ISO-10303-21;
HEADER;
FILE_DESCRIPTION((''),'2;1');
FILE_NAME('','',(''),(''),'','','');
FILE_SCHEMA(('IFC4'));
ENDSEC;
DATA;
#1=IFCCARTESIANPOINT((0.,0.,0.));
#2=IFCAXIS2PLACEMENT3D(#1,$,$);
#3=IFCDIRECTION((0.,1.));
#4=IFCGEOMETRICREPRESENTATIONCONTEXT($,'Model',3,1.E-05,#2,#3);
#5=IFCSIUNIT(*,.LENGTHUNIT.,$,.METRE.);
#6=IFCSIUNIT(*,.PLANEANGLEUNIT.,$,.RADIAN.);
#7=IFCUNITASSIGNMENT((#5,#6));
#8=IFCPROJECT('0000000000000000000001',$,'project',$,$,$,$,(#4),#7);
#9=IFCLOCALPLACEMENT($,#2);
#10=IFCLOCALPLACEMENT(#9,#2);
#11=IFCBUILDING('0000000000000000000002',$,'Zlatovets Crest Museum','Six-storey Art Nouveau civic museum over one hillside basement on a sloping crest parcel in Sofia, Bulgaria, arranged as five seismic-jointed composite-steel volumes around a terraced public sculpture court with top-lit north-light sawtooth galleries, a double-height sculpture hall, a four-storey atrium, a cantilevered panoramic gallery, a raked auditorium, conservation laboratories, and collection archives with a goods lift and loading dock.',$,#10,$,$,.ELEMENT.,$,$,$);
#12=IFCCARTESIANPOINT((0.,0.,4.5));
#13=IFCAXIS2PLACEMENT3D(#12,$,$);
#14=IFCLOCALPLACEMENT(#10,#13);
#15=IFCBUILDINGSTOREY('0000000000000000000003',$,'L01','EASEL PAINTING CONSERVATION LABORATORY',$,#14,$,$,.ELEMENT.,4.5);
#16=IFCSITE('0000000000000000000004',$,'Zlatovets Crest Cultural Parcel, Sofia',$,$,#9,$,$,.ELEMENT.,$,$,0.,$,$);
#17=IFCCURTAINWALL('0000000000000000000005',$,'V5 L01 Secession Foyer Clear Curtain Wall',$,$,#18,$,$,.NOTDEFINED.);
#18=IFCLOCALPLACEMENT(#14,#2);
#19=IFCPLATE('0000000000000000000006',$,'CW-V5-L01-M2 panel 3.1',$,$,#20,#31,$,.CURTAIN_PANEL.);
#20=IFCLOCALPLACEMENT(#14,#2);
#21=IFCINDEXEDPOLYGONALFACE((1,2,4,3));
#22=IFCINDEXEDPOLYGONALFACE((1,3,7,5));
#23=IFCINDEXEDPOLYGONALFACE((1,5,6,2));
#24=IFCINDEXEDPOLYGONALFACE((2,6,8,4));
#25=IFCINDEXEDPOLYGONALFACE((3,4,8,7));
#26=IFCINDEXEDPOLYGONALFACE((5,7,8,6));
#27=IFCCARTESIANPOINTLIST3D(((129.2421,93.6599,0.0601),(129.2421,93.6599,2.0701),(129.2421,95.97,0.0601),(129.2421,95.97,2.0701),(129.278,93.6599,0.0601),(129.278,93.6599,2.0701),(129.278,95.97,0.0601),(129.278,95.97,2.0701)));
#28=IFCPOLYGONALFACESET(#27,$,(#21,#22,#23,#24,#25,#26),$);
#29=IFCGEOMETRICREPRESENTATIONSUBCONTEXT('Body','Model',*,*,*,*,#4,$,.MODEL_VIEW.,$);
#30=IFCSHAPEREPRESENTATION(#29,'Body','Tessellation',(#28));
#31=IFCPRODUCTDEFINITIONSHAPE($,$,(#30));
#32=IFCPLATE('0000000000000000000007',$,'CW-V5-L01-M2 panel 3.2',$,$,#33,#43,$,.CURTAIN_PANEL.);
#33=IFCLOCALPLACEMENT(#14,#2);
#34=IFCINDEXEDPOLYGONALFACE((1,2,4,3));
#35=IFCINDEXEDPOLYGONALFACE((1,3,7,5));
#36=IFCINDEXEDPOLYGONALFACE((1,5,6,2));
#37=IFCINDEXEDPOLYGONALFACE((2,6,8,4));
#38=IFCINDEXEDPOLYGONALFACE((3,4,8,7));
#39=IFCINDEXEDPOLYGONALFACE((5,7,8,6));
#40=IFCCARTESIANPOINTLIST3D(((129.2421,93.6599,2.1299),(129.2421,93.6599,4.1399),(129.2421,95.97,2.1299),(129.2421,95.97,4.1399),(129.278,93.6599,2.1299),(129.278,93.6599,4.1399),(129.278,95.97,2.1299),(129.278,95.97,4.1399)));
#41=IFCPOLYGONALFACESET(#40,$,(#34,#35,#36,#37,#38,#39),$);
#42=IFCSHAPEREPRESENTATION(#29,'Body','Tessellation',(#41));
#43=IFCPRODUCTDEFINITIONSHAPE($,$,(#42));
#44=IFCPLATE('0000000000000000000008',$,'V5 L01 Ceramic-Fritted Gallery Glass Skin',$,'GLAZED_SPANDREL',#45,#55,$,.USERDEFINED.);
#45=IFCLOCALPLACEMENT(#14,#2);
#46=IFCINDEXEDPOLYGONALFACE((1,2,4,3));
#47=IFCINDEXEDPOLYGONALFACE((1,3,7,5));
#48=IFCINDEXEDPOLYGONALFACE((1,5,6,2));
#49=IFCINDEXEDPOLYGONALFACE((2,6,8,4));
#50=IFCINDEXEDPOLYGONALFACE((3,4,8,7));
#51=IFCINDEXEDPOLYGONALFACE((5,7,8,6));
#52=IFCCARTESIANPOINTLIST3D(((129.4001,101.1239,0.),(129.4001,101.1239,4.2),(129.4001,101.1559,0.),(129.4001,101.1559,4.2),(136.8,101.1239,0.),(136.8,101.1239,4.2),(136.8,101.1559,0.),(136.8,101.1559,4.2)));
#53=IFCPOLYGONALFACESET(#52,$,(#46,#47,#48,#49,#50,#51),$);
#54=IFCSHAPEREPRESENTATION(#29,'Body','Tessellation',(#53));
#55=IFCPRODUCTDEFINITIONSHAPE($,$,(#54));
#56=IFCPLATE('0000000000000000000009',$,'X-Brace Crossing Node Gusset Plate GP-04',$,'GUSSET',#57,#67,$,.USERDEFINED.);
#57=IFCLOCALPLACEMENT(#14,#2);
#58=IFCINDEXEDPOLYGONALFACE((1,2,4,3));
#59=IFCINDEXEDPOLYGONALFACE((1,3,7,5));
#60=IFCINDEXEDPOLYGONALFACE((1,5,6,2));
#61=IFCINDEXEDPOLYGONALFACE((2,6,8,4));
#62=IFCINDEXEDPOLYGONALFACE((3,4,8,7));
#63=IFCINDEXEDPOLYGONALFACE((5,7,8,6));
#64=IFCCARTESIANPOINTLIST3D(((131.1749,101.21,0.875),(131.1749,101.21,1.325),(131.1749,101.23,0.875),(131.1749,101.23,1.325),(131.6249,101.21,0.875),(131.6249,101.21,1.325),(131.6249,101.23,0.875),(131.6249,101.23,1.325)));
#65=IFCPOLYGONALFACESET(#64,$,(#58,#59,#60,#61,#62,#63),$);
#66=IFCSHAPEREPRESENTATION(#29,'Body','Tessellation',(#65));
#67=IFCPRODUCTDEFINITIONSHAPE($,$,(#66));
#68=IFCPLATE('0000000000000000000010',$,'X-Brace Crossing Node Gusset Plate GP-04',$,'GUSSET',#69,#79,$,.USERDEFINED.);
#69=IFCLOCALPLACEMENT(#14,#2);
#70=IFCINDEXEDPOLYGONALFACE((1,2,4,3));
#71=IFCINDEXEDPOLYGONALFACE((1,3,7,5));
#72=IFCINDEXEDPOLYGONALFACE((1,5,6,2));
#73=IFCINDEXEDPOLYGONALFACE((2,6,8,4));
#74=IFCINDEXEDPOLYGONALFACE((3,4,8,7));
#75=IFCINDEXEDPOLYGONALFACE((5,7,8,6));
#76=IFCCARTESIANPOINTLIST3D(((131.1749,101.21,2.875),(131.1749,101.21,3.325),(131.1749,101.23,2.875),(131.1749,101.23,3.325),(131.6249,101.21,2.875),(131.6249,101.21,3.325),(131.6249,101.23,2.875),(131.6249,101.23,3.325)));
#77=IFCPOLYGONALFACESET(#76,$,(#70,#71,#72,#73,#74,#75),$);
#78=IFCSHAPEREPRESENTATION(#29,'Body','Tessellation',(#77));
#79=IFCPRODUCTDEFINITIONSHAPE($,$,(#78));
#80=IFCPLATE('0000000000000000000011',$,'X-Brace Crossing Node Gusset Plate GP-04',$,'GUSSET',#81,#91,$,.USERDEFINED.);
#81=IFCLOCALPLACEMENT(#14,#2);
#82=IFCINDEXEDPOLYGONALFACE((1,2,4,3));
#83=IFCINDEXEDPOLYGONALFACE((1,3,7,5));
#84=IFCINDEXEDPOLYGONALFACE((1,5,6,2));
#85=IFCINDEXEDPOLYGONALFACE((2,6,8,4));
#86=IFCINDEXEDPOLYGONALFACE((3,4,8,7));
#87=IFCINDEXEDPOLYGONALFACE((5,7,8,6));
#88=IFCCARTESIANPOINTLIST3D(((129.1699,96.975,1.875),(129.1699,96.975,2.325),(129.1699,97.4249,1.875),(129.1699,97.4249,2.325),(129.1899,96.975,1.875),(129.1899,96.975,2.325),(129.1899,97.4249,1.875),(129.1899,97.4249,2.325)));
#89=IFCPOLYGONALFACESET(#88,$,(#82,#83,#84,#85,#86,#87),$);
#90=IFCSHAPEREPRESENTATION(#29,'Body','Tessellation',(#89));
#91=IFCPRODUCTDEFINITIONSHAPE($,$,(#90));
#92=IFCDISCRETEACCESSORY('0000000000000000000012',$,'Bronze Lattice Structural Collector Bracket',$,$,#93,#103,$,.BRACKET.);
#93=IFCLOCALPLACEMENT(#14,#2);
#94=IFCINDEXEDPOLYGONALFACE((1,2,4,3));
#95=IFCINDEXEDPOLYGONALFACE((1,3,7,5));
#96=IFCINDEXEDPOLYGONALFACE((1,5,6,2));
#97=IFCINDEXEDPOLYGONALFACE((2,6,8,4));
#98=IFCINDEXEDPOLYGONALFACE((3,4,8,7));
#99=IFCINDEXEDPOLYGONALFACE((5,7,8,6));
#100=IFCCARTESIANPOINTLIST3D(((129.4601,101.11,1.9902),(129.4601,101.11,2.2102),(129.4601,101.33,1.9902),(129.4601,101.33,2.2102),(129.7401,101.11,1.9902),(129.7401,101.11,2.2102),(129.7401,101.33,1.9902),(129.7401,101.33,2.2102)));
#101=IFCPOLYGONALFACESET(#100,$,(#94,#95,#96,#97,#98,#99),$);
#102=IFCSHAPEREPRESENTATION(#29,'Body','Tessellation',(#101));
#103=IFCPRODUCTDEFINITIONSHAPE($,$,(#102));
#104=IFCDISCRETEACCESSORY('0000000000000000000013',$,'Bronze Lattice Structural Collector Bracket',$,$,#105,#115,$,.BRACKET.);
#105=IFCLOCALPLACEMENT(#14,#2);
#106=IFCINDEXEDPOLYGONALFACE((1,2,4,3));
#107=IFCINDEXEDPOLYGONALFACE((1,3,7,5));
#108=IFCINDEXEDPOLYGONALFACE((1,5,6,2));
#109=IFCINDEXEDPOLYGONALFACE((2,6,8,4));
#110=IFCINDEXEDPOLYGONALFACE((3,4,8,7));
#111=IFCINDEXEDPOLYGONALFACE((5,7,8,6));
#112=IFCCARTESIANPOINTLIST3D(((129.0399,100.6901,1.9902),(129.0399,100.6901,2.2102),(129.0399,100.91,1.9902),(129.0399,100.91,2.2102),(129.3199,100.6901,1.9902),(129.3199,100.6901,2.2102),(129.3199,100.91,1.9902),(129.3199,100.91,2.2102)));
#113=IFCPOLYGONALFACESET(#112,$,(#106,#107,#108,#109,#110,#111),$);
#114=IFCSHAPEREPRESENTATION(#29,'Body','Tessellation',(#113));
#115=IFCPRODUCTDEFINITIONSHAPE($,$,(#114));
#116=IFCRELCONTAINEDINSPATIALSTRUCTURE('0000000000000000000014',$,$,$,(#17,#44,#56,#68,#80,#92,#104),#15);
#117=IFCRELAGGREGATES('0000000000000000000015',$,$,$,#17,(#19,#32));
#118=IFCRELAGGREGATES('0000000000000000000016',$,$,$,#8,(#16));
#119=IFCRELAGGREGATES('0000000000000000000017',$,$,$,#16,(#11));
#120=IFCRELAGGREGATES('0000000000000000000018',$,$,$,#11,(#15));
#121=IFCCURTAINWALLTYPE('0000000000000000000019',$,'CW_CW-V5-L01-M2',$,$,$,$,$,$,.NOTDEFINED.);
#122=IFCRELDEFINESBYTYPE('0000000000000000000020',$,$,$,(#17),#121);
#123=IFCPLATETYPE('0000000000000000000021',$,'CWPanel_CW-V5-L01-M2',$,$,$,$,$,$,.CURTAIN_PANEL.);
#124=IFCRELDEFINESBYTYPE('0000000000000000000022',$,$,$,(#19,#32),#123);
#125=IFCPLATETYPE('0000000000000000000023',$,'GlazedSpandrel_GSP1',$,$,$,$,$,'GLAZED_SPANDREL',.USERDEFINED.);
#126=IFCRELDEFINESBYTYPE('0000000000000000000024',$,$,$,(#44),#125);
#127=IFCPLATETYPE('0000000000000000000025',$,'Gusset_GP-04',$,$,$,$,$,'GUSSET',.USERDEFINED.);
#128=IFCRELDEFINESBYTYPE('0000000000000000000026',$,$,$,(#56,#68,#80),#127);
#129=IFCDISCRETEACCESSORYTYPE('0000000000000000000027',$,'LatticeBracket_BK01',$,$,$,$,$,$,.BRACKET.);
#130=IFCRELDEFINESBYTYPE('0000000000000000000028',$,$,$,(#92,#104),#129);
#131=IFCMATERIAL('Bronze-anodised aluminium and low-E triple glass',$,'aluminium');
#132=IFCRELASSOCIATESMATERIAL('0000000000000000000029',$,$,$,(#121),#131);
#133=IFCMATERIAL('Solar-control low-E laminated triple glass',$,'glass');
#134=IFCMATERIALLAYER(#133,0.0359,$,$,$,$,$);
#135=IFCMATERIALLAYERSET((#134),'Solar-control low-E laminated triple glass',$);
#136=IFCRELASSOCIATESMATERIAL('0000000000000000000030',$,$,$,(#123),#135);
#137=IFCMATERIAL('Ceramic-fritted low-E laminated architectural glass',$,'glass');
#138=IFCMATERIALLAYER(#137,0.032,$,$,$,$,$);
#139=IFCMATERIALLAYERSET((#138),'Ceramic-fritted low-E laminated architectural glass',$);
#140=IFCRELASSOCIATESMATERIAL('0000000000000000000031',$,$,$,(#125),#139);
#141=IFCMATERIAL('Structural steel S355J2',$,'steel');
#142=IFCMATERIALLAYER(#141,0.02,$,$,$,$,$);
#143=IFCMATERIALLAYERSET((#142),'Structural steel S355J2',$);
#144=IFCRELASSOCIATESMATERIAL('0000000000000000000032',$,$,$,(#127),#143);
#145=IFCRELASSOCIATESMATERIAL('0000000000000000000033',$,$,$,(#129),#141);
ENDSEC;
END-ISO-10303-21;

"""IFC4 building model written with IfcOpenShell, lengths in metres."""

from ifc_helpers import new_model, si_unit, direction, frame, origin, origin_2d, place, context, subcontext, project, spatial, rectangle, extrude, material, layer, layer_set, type_object, element, aggregate, save


model = new_model("IFC4")

# Units and contexts
model_context = context("Model", 3, precision=1e-05, world=origin(), true_north=direction((0.0, 1.0)))
body_context = subcontext(model_context, "Body", "Model", "MODEL_VIEW")
ifc_project = project(units=[si_unit("LENGTHUNIT", "METRE"), si_unit("PLANEANGLEUNIT", "RADIAN")], contexts=[model_context])

# Site, building, storey
site_placement = place(None, origin())
site = spatial("IfcSite", under=ifc_project, at=site_placement, Name="Zlatovets Crest Cultural Parcel, Sofia", CompositionType="ELEMENT", RefElevation=0.0)
building_placement = place(site_placement, origin())
building = spatial("IfcBuilding", under=site, at=building_placement, Name="Zlatovets Crest Museum", Description="Six-storey Art Nouveau civic museum over one hillside basement on a sloping crest parcel in Sofia, Bulgaria, arranged as five seismic-jointed composite-steel volumes around a terraced public sculpture court with top-lit north-light sawtooth galleries, a double-height sculpture hall, a four-storey atrium, a cantilevered panoramic gallery, a raked auditorium, conservation laboratories, and collection archives with a goods lift and loading dock.", CompositionType="ELEMENT")
storey_placement = place(building_placement, frame((0.0, 0.0, 4.5)))
storey = spatial("IfcBuildingStorey", under=building, at=storey_placement, Name="L01", Description="EASEL PAINTING CONSERVATION LABORATORY", CompositionType="ELEMENT", Elevation=4.5)

# Shared definitions
ifc_material_1 = material(Name="Structural steel S355J2", Category="steel")

# Curtain wall
ifc_material_2 = material(Name="Bronze-anodised aluminium and low-E triple glass", Category="aluminium")
curtain_wall_type = type_object("IfcCurtainWallType", Name="CW_CW-V5-L01-M2", PredefinedType="NOTDEFINED", material=ifc_material_2)
curtain_wall_placement = place(storey_placement, origin())
curtain_wall = element("IfcCurtainWall", 1, at=curtain_wall_placement, inside=storey, type_object=curtain_wall_type, Name="V5 L01 Secession Foyer Clear Curtain Wall", PredefinedType="NOTDEFINED")

# Plates
ifc_material_3 = material(Name="Solar-control low-E laminated triple glass", Category="glass")
ifc_layer_1 = layer(ifc_material_3, 0.0359)
ifc_layer_set_1 = layer_set([ifc_layer_1], Name="Solar-control low-E laminated triple glass")
plate_type_1 = type_object("IfcPlateType", Name="CWPanel_CW-V5-L01-M2", PredefinedType="CURTAIN_PANEL", material=ifc_layer_set_1)
plate_1_placement = place(storey_placement, frame((129.26, 94.8149, 0.0601), z_axis=(0.0, 0.0, 1.0), x_axis=(0.0, -1.0, 0.0)))
plate_1 = element("IfcPlate", 2, at=plate_1_placement, type_object=plate_type_1, Name="CW-V5-L01-M2 panel 3.1", PredefinedType="CURTAIN_PANEL", context=body_context, shape_type="SweptSolid", body=[
    extrude(rectangle(XDim=2.3101, YDim=0.0359, at=origin_2d()), origin(), (0.0, 0.0, 1.0), 2.01),
])
plate_2_placement = place(storey_placement, frame((129.26, 94.8149, 2.1299), z_axis=(0.0, 0.0, 1.0), x_axis=(0.0, -1.0, 0.0)))
plate_2 = element("IfcPlate", 3, at=plate_2_placement, type_object=plate_type_1, Name="CW-V5-L01-M2 panel 3.2", PredefinedType="CURTAIN_PANEL", context=body_context, shape_type="SweptSolid", body=[
    extrude(rectangle(XDim=2.3101, YDim=0.0359, at=origin_2d()), origin(), (0.0, 0.0, 1.0), 2.01),
])
aggregate(curtain_wall, [plate_1, plate_2])

# Plates
ifc_material_4 = material(Name="Ceramic-fritted low-E laminated architectural glass", Category="glass")
ifc_layer_2 = layer(ifc_material_4, 0.032)
ifc_layer_set_2 = layer_set([ifc_layer_2], Name="Ceramic-fritted low-E laminated architectural glass")
plate_type_2 = type_object("IfcPlateType", Name="GlazedSpandrel_GSP1", ElementType="GLAZED_SPANDREL", PredefinedType="USERDEFINED", material=ifc_layer_set_2)
plate_3_placement = place(storey_placement, frame((133.1001, 101.1399, 0.0), z_axis=(0.0, 0.0, 1.0), x_axis=(1.0, 0.0, 0.0)))
element("IfcPlate", 4, at=plate_3_placement, inside=storey, type_object=plate_type_2, Name="V5 L01 Ceramic-Fritted Gallery Glass Skin", ObjectType="GLAZED_SPANDREL", PredefinedType="USERDEFINED", context=body_context, shape_type="SweptSolid", body=[
    extrude(rectangle(XDim=7.3999, YDim=0.032, at=origin_2d()), origin(), (0.0, 0.0, 1.0), 4.2),
])
ifc_layer_3 = layer(ifc_material_1, 0.02)
ifc_layer_set_3 = layer_set([ifc_layer_3], Name="Structural steel S355J2")
plate_type_3 = type_object("IfcPlateType", Name="Gusset_GP-04", ElementType="GUSSET", PredefinedType="USERDEFINED", material=ifc_layer_set_3)
for number, where, z_axis, x_axis, name in (
    (5, (131.3999, 101.22, 0.875), (0.0, 0.0, 1.0), (1.0, 0.0, 0.0), "X-Brace Crossing Node Gusset Plate GP-04"),
    (6, (131.3999, 101.22, 2.875), (0.0, 0.0, 1.0), (1.0, 0.0, 0.0), "X-Brace Crossing Node Gusset Plate GP-04"),
):
    element("IfcPlate", number, at=place(storey_placement, frame(where, z_axis=z_axis, x_axis=x_axis)), inside=storey, type_object=plate_type_3, Name=name, ObjectType="GUSSET", PredefinedType="USERDEFINED", context=body_context, shape_type="SweptSolid", body=[
        extrude(rectangle(XDim=0.45, YDim=0.02, at=origin_2d()), origin(), (0.0, 0.0, 1.0), 0.45),
    ])
plate_4_placement = place(storey_placement, frame((129.1799, 97.2, 1.875), z_axis=(0.0, 0.0, 1.0), x_axis=(1.0, 0.0, 0.0)))
element("IfcPlate", 7, at=plate_4_placement, inside=storey, type_object=plate_type_3, Name="X-Brace Crossing Node Gusset Plate GP-04", ObjectType="GUSSET", PredefinedType="USERDEFINED", context=body_context, shape_type="SweptSolid", body=[
    extrude(rectangle(XDim=0.02, YDim=0.45, at=origin_2d()), origin(), (0.0, 0.0, 1.0), 0.45),
])

# Discrete accessories
discrete_accessory_type = type_object("IfcDiscreteAccessoryType", Name="LatticeBracket_BK01", PredefinedType="BRACKET", material=ifc_material_1)
for number, where, z_axis, x_axis, name in (
    (8, (129.6001, 101.22, 1.9902), (0.0, 0.0, 1.0), (1.0, 0.0, 0.0), "Bronze Lattice Structural Collector Bracket"),
    (9, (129.1799, 100.8, 1.9902), (0.0, 0.0, 1.0), (1.0, 0.0, 0.0), "Bronze Lattice Structural Collector Bracket"),
):
    element("IfcDiscreteAccessory", number, at=place(storey_placement, frame(where, z_axis=z_axis, x_axis=x_axis)), inside=storey, type_object=discrete_accessory_type, Name=name, PredefinedType="BRACKET", context=body_context, shape_type="SweptSolid", body=[
        extrude(rectangle(XDim=0.28, YDim=0.22, at=origin_2d()), origin(), (0.0, 0.0, 1.0), 0.22),
    ])

save(model, "model.ifc")
